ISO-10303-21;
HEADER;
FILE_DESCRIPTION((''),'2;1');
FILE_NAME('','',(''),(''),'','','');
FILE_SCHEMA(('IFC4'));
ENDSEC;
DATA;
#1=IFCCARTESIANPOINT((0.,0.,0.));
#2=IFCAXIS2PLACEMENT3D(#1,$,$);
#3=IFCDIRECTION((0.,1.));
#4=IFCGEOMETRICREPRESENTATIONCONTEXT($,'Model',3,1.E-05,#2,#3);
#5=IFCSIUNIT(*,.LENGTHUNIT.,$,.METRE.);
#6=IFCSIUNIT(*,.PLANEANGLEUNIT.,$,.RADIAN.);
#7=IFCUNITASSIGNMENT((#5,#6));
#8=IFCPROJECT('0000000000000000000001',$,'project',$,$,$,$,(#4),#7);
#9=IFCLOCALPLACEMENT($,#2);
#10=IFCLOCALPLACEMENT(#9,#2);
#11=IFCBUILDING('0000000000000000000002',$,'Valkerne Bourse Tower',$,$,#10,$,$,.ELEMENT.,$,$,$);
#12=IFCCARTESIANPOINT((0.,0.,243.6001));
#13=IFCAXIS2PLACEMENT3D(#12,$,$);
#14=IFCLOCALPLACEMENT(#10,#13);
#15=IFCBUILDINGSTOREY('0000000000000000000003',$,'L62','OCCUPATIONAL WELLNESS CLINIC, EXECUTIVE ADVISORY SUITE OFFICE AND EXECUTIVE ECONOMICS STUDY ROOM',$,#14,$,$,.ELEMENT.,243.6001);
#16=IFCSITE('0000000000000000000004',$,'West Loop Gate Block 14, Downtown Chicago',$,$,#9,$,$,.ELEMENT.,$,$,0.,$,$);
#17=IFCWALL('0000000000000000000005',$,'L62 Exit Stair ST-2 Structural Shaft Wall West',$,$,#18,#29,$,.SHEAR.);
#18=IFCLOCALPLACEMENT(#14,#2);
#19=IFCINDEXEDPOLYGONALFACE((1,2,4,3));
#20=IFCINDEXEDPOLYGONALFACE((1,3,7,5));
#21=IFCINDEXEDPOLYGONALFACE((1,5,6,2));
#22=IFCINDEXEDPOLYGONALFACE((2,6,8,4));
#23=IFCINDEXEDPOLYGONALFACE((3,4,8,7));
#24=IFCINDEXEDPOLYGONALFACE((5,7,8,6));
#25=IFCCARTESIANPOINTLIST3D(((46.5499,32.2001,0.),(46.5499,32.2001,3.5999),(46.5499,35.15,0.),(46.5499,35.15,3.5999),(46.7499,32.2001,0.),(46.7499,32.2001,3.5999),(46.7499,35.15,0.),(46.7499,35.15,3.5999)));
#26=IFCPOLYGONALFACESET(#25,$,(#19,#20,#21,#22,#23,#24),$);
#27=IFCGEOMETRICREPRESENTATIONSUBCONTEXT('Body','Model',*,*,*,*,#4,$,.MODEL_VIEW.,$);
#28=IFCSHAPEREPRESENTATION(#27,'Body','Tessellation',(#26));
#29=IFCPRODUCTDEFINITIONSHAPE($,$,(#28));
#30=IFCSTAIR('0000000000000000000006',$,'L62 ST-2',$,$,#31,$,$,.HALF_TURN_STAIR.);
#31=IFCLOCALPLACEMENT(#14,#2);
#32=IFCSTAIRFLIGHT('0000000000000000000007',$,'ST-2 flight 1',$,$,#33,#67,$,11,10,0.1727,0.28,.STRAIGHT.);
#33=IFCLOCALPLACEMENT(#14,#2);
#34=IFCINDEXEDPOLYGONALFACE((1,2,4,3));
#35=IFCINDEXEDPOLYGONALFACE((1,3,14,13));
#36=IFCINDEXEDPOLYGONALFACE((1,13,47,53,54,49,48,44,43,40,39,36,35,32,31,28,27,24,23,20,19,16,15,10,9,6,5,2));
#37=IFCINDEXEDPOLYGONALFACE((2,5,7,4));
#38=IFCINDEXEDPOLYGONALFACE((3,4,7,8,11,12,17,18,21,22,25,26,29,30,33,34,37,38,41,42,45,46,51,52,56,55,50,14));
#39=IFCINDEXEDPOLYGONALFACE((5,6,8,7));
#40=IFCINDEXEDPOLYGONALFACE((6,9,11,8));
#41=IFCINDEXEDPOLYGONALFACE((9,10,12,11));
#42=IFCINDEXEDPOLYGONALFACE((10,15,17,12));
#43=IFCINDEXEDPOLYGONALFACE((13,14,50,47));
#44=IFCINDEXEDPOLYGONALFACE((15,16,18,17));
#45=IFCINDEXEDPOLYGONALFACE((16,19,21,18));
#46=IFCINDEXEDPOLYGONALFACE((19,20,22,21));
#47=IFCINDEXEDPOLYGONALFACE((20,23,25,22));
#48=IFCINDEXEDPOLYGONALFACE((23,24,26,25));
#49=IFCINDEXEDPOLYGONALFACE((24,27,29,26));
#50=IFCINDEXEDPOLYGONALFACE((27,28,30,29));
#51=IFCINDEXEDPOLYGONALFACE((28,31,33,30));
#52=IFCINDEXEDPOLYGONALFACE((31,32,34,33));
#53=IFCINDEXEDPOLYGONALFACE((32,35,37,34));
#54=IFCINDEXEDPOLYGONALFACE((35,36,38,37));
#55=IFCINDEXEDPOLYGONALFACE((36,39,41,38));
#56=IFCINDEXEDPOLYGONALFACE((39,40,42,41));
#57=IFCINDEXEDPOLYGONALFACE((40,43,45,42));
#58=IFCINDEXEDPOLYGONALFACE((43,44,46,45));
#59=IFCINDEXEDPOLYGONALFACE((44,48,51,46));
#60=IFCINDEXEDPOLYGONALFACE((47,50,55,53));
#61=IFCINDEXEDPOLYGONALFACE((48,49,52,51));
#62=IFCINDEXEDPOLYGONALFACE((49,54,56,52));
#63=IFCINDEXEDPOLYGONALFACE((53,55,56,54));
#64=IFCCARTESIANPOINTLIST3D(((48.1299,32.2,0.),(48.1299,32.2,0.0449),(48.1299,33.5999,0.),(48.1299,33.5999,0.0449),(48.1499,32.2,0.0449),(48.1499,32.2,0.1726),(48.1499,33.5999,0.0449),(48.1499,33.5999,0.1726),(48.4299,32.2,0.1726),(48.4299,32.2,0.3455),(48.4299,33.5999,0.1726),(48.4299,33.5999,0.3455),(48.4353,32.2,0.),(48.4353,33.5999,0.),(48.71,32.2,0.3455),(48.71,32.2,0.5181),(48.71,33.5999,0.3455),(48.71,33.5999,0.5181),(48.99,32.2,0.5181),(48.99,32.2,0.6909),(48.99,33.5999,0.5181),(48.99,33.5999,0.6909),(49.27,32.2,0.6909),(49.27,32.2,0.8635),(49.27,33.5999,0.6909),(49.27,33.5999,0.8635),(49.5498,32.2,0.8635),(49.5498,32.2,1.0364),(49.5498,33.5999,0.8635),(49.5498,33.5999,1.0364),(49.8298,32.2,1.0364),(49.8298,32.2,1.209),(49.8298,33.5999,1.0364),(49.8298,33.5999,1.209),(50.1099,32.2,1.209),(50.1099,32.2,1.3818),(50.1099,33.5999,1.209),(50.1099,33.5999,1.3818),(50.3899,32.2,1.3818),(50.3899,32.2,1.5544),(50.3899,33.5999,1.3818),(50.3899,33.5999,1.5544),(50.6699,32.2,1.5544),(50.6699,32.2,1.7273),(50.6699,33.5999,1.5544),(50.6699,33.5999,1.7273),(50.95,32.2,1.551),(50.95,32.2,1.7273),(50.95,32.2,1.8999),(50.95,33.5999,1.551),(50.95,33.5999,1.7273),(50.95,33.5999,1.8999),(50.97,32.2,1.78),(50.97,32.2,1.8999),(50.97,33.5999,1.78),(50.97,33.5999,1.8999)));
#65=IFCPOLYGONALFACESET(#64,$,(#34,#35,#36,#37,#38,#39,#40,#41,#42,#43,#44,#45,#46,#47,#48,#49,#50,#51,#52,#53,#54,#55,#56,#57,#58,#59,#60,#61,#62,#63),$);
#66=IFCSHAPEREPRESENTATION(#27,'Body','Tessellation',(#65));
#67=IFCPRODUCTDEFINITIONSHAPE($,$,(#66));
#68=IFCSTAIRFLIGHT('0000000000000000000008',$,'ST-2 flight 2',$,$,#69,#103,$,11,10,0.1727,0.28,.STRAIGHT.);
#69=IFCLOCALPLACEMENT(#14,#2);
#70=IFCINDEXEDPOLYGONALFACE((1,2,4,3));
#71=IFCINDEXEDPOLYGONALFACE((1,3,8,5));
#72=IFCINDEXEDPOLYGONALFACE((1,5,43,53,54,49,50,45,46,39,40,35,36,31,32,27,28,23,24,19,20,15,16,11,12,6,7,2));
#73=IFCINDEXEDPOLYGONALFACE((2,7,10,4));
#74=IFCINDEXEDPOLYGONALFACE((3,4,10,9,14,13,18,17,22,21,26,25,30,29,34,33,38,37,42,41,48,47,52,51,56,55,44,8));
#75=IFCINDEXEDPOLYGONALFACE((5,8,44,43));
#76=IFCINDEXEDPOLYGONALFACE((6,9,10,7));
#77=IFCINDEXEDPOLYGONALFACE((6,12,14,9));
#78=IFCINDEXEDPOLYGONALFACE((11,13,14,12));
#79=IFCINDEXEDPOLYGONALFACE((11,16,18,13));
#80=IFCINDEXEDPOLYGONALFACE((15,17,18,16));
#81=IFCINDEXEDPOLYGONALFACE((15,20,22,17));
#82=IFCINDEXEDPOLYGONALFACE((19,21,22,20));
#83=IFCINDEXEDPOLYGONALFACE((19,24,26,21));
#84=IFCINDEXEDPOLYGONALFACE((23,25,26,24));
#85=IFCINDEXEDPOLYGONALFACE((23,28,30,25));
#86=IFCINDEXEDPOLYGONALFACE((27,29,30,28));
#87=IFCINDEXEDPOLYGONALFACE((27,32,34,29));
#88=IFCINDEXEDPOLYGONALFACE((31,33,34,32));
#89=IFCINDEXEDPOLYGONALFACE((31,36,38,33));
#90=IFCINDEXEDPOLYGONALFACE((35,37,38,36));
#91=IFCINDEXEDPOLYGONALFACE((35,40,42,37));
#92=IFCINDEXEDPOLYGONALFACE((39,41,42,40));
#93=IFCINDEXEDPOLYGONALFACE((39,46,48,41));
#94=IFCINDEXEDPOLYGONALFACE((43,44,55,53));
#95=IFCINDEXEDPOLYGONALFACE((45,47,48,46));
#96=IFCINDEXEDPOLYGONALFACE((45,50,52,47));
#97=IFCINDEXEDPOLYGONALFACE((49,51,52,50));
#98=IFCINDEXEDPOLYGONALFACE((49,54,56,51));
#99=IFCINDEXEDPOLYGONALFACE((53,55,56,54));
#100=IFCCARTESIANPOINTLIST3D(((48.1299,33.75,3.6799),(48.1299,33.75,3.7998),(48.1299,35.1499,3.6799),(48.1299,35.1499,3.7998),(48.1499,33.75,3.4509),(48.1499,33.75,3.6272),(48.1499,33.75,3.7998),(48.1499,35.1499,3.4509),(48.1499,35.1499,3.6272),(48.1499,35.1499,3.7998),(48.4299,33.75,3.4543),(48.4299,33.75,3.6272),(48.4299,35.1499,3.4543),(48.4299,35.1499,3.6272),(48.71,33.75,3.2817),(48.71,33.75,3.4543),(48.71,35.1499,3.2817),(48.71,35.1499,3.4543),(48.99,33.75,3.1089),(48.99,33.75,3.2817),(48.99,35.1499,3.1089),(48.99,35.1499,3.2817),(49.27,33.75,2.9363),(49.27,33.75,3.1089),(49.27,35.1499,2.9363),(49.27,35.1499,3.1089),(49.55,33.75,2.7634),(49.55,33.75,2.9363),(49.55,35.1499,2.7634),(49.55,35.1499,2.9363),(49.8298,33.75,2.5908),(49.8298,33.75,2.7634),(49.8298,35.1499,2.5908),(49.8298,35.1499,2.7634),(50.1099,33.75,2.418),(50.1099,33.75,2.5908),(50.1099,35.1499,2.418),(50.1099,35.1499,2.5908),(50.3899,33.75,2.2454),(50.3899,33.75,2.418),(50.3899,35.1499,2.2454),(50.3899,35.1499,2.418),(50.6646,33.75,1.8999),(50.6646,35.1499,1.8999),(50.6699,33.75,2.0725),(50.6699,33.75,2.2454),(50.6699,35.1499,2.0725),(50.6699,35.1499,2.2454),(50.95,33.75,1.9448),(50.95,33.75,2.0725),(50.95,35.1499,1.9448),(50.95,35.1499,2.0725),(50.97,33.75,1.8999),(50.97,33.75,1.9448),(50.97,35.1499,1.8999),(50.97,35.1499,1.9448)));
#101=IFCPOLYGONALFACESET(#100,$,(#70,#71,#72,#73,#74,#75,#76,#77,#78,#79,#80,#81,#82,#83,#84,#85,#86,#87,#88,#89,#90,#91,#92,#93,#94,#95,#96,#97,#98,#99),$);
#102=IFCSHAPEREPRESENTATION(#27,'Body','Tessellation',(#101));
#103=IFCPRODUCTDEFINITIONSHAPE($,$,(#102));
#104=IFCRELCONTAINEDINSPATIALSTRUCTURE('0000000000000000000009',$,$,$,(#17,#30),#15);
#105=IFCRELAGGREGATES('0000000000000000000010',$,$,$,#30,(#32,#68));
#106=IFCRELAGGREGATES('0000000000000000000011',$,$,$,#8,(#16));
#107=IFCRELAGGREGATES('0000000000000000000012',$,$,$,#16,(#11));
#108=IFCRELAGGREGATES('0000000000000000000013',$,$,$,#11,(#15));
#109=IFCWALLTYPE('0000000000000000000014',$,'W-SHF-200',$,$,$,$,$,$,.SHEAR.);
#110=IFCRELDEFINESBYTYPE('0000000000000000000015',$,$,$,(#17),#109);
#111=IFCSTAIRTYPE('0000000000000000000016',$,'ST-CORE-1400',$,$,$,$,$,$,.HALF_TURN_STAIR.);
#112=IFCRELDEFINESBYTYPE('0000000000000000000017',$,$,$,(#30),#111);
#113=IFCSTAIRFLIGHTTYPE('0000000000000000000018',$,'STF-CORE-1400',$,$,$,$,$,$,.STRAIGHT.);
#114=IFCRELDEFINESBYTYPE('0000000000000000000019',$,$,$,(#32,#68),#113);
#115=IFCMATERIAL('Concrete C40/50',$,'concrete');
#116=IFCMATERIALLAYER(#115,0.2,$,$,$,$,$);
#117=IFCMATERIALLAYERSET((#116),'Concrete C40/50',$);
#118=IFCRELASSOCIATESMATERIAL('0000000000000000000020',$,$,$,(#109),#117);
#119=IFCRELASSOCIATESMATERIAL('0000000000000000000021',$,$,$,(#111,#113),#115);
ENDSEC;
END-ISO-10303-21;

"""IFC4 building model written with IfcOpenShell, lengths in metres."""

from ifc_helpers import new_model, si_unit, direction, frame, frame_2d, origin, place, context, subcontext, project, spatial, polyline, rectangle, outline, extrude, material, layer, layer_set, type_object, element, aggregate, save


model = new_model("IFC4")

# Units and contexts
model_context = context("Model", 3, precision=1e-05, world=origin(), true_north=direction((0.0, 1.0)))
body_context = subcontext(model_context, "Body", "Model", "MODEL_VIEW")
ifc_project = project(units=[si_unit("LENGTHUNIT", "METRE"), si_unit("PLANEANGLEUNIT", "RADIAN")], contexts=[model_context])

# Site, building, storey
site_placement = place(None, origin())
site = spatial("IfcSite", under=ifc_project, at=site_placement, Name="West Loop Gate Block 14, Downtown Chicago", CompositionType="ELEMENT", RefElevation=0.0)
building_placement = place(site_placement, origin())
building = spatial("IfcBuilding", under=site, at=building_placement, Name="Valkerne Bourse Tower", CompositionType="ELEMENT")
storey_placement = place(building_placement, frame((0.0, 0.0, 243.6001)))
storey = spatial("IfcBuildingStorey", under=building, at=storey_placement, Name="L62", Description="OCCUPATIONAL WELLNESS CLINIC, EXECUTIVE ADVISORY SUITE OFFICE AND EXECUTIVE ECONOMICS STUDY ROOM", CompositionType="ELEMENT", Elevation=243.6001)

# Shared definitions
ifc_material_1 = material(Name="Concrete C40/50", Category="concrete")
ifc_layer_1 = layer(ifc_material_1, 0.2)
ifc_layer_set_1 = layer_set([ifc_layer_1], Name="Concrete C40/50")
wall_type_1 = type_object("IfcWallType", Name="W-SHF-200", PredefinedType="SHEAR", material=ifc_layer_set_1)

# Wall
wall_1_placement = place(storey_placement, frame((46.6499, 32.2, 0.0), z_axis=(0.0, 0.0, 1.0), x_axis=(0.0, 1.0, 0.0)))
element("IfcWall", 1, at=wall_1_placement, inside=storey, type_object=wall_type_1, Name="L62 Exit Stair ST-2 Structural Shaft Wall West", PredefinedType="SHEAR", context=body_context, shape_type="SweptSolid", body=[
    extrude(rectangle(XDim=2.95, YDim=0.2, at=frame_2d((1.4751, 0.0))), origin(), (0.0, 0.0, 1.0), 3.5999),
])

# Stair, stair flights
stair_type = type_object("IfcStairType", Name="ST-CORE-1400", PredefinedType="HALF_TURN_STAIR", material=ifc_material_1)
stair_placement = place(storey_placement, origin())
stair = element("IfcStair", 2, at=stair_placement, inside=storey, type_object=stair_type, Name="L62 ST-2", PredefinedType="HALF_TURN_STAIR")
stair_flight_type = type_object("IfcStairFlightType", Name="STF-CORE-1400", PredefinedType="STRAIGHT", material=ifc_material_1)
stair_flight_1_placement = place(storey_placement, frame((48.1499, 32.8999, 0.0), z_axis=(0.0, 0.0, 1.0), x_axis=(1.0, 0.0, 0.0)))
stair_flight_1 = element("IfcStairFlight", 3, at=stair_flight_1_placement, type_object=stair_flight_type, Name="ST-2 flight 1", NumberOfRisers=11, NumberOfTreads=10, PredefinedType="STRAIGHT", RiserHeight=0.1727, TreadLength=0.28, context=body_context, shape_type="SweptSolid", body=[
    extrude(outline(polyline([(-0.02, 0.0), (-0.02, 0.0449), (0.0, 0.0449), (0.0, 0.1726), (0.28, 0.1726), (0.28, 0.3455), (0.5601, 0.3455), (0.5601, 0.5181), (0.8401, 0.5181), (0.8401, 0.6909), (1.1201, 0.6909), (1.1201, 0.8635), (1.3999, 0.8635), (1.3999, 1.0364), (1.6799, 1.0364), (1.6799, 1.209), (1.96, 1.209), (1.96, 1.3818), (2.24, 1.3818), (2.24, 1.5544), (2.52, 1.5544), (2.52, 1.7273), (2.8, 1.7273), (2.8, 1.8999), (2.8201, 1.8999), (2.8201, 1.78), (2.8, 1.551), (0.2854, 0.0), (-0.02, 0.0)])), frame((0.0, 0.7, 0.0), z_axis=(0.0, -1.0, 0.0), x_axis=(1.0, 0.0, 0.0)), (0.0, 0.0, 1.0), 1.3999),
])
stair_flight_2_placement = place(storey_placement, frame((50.95, 34.45, 1.8999), z_axis=(0.0, 0.0, 1.0), x_axis=(-1.0, 0.0, 0.0)))
stair_flight_2 = element("IfcStairFlight", 4, at=stair_flight_2_placement, type_object=stair_flight_type, Name="ST-2 flight 2", NumberOfRisers=11, NumberOfTreads=10, PredefinedType="STRAIGHT", RiserHeight=0.1727, TreadLength=0.28, context=body_context, shape_type="SweptSolid", body=[
    extrude(outline(polyline([(-0.02, 0.0), (-0.02, 0.0449), (0.0, 0.0449), (0.0, 0.1726), (0.28, 0.1726), (0.28, 0.3455), (0.5601, 0.3455), (0.5601, 0.5181), (0.8401, 0.5181), (0.8401, 0.6909), (1.1201, 0.6909), (1.1201, 0.8635), (1.3999, 0.8635), (1.3999, 1.0364), (1.6799, 1.0364), (1.6799, 1.209), (1.96, 1.209), (1.96, 1.3818), (2.24, 1.3818), (2.24, 1.5544), (2.52, 1.5544), (2.52, 1.7273), (2.8, 1.7273), (2.8, 1.8999), (2.8201, 1.8999), (2.8201, 1.78), (2.8, 1.551), (0.2854, 0.0), (-0.02, 0.0)])), frame((0.0, 0.7, 0.0), z_axis=(0.0, -1.0, 0.0), x_axis=(1.0, 0.0, 0.0)), (0.0, 0.0, 1.0), 1.3999),
])
aggregate(stair, [stair_flight_1, stair_flight_2])

save(model, "model.ifc")
